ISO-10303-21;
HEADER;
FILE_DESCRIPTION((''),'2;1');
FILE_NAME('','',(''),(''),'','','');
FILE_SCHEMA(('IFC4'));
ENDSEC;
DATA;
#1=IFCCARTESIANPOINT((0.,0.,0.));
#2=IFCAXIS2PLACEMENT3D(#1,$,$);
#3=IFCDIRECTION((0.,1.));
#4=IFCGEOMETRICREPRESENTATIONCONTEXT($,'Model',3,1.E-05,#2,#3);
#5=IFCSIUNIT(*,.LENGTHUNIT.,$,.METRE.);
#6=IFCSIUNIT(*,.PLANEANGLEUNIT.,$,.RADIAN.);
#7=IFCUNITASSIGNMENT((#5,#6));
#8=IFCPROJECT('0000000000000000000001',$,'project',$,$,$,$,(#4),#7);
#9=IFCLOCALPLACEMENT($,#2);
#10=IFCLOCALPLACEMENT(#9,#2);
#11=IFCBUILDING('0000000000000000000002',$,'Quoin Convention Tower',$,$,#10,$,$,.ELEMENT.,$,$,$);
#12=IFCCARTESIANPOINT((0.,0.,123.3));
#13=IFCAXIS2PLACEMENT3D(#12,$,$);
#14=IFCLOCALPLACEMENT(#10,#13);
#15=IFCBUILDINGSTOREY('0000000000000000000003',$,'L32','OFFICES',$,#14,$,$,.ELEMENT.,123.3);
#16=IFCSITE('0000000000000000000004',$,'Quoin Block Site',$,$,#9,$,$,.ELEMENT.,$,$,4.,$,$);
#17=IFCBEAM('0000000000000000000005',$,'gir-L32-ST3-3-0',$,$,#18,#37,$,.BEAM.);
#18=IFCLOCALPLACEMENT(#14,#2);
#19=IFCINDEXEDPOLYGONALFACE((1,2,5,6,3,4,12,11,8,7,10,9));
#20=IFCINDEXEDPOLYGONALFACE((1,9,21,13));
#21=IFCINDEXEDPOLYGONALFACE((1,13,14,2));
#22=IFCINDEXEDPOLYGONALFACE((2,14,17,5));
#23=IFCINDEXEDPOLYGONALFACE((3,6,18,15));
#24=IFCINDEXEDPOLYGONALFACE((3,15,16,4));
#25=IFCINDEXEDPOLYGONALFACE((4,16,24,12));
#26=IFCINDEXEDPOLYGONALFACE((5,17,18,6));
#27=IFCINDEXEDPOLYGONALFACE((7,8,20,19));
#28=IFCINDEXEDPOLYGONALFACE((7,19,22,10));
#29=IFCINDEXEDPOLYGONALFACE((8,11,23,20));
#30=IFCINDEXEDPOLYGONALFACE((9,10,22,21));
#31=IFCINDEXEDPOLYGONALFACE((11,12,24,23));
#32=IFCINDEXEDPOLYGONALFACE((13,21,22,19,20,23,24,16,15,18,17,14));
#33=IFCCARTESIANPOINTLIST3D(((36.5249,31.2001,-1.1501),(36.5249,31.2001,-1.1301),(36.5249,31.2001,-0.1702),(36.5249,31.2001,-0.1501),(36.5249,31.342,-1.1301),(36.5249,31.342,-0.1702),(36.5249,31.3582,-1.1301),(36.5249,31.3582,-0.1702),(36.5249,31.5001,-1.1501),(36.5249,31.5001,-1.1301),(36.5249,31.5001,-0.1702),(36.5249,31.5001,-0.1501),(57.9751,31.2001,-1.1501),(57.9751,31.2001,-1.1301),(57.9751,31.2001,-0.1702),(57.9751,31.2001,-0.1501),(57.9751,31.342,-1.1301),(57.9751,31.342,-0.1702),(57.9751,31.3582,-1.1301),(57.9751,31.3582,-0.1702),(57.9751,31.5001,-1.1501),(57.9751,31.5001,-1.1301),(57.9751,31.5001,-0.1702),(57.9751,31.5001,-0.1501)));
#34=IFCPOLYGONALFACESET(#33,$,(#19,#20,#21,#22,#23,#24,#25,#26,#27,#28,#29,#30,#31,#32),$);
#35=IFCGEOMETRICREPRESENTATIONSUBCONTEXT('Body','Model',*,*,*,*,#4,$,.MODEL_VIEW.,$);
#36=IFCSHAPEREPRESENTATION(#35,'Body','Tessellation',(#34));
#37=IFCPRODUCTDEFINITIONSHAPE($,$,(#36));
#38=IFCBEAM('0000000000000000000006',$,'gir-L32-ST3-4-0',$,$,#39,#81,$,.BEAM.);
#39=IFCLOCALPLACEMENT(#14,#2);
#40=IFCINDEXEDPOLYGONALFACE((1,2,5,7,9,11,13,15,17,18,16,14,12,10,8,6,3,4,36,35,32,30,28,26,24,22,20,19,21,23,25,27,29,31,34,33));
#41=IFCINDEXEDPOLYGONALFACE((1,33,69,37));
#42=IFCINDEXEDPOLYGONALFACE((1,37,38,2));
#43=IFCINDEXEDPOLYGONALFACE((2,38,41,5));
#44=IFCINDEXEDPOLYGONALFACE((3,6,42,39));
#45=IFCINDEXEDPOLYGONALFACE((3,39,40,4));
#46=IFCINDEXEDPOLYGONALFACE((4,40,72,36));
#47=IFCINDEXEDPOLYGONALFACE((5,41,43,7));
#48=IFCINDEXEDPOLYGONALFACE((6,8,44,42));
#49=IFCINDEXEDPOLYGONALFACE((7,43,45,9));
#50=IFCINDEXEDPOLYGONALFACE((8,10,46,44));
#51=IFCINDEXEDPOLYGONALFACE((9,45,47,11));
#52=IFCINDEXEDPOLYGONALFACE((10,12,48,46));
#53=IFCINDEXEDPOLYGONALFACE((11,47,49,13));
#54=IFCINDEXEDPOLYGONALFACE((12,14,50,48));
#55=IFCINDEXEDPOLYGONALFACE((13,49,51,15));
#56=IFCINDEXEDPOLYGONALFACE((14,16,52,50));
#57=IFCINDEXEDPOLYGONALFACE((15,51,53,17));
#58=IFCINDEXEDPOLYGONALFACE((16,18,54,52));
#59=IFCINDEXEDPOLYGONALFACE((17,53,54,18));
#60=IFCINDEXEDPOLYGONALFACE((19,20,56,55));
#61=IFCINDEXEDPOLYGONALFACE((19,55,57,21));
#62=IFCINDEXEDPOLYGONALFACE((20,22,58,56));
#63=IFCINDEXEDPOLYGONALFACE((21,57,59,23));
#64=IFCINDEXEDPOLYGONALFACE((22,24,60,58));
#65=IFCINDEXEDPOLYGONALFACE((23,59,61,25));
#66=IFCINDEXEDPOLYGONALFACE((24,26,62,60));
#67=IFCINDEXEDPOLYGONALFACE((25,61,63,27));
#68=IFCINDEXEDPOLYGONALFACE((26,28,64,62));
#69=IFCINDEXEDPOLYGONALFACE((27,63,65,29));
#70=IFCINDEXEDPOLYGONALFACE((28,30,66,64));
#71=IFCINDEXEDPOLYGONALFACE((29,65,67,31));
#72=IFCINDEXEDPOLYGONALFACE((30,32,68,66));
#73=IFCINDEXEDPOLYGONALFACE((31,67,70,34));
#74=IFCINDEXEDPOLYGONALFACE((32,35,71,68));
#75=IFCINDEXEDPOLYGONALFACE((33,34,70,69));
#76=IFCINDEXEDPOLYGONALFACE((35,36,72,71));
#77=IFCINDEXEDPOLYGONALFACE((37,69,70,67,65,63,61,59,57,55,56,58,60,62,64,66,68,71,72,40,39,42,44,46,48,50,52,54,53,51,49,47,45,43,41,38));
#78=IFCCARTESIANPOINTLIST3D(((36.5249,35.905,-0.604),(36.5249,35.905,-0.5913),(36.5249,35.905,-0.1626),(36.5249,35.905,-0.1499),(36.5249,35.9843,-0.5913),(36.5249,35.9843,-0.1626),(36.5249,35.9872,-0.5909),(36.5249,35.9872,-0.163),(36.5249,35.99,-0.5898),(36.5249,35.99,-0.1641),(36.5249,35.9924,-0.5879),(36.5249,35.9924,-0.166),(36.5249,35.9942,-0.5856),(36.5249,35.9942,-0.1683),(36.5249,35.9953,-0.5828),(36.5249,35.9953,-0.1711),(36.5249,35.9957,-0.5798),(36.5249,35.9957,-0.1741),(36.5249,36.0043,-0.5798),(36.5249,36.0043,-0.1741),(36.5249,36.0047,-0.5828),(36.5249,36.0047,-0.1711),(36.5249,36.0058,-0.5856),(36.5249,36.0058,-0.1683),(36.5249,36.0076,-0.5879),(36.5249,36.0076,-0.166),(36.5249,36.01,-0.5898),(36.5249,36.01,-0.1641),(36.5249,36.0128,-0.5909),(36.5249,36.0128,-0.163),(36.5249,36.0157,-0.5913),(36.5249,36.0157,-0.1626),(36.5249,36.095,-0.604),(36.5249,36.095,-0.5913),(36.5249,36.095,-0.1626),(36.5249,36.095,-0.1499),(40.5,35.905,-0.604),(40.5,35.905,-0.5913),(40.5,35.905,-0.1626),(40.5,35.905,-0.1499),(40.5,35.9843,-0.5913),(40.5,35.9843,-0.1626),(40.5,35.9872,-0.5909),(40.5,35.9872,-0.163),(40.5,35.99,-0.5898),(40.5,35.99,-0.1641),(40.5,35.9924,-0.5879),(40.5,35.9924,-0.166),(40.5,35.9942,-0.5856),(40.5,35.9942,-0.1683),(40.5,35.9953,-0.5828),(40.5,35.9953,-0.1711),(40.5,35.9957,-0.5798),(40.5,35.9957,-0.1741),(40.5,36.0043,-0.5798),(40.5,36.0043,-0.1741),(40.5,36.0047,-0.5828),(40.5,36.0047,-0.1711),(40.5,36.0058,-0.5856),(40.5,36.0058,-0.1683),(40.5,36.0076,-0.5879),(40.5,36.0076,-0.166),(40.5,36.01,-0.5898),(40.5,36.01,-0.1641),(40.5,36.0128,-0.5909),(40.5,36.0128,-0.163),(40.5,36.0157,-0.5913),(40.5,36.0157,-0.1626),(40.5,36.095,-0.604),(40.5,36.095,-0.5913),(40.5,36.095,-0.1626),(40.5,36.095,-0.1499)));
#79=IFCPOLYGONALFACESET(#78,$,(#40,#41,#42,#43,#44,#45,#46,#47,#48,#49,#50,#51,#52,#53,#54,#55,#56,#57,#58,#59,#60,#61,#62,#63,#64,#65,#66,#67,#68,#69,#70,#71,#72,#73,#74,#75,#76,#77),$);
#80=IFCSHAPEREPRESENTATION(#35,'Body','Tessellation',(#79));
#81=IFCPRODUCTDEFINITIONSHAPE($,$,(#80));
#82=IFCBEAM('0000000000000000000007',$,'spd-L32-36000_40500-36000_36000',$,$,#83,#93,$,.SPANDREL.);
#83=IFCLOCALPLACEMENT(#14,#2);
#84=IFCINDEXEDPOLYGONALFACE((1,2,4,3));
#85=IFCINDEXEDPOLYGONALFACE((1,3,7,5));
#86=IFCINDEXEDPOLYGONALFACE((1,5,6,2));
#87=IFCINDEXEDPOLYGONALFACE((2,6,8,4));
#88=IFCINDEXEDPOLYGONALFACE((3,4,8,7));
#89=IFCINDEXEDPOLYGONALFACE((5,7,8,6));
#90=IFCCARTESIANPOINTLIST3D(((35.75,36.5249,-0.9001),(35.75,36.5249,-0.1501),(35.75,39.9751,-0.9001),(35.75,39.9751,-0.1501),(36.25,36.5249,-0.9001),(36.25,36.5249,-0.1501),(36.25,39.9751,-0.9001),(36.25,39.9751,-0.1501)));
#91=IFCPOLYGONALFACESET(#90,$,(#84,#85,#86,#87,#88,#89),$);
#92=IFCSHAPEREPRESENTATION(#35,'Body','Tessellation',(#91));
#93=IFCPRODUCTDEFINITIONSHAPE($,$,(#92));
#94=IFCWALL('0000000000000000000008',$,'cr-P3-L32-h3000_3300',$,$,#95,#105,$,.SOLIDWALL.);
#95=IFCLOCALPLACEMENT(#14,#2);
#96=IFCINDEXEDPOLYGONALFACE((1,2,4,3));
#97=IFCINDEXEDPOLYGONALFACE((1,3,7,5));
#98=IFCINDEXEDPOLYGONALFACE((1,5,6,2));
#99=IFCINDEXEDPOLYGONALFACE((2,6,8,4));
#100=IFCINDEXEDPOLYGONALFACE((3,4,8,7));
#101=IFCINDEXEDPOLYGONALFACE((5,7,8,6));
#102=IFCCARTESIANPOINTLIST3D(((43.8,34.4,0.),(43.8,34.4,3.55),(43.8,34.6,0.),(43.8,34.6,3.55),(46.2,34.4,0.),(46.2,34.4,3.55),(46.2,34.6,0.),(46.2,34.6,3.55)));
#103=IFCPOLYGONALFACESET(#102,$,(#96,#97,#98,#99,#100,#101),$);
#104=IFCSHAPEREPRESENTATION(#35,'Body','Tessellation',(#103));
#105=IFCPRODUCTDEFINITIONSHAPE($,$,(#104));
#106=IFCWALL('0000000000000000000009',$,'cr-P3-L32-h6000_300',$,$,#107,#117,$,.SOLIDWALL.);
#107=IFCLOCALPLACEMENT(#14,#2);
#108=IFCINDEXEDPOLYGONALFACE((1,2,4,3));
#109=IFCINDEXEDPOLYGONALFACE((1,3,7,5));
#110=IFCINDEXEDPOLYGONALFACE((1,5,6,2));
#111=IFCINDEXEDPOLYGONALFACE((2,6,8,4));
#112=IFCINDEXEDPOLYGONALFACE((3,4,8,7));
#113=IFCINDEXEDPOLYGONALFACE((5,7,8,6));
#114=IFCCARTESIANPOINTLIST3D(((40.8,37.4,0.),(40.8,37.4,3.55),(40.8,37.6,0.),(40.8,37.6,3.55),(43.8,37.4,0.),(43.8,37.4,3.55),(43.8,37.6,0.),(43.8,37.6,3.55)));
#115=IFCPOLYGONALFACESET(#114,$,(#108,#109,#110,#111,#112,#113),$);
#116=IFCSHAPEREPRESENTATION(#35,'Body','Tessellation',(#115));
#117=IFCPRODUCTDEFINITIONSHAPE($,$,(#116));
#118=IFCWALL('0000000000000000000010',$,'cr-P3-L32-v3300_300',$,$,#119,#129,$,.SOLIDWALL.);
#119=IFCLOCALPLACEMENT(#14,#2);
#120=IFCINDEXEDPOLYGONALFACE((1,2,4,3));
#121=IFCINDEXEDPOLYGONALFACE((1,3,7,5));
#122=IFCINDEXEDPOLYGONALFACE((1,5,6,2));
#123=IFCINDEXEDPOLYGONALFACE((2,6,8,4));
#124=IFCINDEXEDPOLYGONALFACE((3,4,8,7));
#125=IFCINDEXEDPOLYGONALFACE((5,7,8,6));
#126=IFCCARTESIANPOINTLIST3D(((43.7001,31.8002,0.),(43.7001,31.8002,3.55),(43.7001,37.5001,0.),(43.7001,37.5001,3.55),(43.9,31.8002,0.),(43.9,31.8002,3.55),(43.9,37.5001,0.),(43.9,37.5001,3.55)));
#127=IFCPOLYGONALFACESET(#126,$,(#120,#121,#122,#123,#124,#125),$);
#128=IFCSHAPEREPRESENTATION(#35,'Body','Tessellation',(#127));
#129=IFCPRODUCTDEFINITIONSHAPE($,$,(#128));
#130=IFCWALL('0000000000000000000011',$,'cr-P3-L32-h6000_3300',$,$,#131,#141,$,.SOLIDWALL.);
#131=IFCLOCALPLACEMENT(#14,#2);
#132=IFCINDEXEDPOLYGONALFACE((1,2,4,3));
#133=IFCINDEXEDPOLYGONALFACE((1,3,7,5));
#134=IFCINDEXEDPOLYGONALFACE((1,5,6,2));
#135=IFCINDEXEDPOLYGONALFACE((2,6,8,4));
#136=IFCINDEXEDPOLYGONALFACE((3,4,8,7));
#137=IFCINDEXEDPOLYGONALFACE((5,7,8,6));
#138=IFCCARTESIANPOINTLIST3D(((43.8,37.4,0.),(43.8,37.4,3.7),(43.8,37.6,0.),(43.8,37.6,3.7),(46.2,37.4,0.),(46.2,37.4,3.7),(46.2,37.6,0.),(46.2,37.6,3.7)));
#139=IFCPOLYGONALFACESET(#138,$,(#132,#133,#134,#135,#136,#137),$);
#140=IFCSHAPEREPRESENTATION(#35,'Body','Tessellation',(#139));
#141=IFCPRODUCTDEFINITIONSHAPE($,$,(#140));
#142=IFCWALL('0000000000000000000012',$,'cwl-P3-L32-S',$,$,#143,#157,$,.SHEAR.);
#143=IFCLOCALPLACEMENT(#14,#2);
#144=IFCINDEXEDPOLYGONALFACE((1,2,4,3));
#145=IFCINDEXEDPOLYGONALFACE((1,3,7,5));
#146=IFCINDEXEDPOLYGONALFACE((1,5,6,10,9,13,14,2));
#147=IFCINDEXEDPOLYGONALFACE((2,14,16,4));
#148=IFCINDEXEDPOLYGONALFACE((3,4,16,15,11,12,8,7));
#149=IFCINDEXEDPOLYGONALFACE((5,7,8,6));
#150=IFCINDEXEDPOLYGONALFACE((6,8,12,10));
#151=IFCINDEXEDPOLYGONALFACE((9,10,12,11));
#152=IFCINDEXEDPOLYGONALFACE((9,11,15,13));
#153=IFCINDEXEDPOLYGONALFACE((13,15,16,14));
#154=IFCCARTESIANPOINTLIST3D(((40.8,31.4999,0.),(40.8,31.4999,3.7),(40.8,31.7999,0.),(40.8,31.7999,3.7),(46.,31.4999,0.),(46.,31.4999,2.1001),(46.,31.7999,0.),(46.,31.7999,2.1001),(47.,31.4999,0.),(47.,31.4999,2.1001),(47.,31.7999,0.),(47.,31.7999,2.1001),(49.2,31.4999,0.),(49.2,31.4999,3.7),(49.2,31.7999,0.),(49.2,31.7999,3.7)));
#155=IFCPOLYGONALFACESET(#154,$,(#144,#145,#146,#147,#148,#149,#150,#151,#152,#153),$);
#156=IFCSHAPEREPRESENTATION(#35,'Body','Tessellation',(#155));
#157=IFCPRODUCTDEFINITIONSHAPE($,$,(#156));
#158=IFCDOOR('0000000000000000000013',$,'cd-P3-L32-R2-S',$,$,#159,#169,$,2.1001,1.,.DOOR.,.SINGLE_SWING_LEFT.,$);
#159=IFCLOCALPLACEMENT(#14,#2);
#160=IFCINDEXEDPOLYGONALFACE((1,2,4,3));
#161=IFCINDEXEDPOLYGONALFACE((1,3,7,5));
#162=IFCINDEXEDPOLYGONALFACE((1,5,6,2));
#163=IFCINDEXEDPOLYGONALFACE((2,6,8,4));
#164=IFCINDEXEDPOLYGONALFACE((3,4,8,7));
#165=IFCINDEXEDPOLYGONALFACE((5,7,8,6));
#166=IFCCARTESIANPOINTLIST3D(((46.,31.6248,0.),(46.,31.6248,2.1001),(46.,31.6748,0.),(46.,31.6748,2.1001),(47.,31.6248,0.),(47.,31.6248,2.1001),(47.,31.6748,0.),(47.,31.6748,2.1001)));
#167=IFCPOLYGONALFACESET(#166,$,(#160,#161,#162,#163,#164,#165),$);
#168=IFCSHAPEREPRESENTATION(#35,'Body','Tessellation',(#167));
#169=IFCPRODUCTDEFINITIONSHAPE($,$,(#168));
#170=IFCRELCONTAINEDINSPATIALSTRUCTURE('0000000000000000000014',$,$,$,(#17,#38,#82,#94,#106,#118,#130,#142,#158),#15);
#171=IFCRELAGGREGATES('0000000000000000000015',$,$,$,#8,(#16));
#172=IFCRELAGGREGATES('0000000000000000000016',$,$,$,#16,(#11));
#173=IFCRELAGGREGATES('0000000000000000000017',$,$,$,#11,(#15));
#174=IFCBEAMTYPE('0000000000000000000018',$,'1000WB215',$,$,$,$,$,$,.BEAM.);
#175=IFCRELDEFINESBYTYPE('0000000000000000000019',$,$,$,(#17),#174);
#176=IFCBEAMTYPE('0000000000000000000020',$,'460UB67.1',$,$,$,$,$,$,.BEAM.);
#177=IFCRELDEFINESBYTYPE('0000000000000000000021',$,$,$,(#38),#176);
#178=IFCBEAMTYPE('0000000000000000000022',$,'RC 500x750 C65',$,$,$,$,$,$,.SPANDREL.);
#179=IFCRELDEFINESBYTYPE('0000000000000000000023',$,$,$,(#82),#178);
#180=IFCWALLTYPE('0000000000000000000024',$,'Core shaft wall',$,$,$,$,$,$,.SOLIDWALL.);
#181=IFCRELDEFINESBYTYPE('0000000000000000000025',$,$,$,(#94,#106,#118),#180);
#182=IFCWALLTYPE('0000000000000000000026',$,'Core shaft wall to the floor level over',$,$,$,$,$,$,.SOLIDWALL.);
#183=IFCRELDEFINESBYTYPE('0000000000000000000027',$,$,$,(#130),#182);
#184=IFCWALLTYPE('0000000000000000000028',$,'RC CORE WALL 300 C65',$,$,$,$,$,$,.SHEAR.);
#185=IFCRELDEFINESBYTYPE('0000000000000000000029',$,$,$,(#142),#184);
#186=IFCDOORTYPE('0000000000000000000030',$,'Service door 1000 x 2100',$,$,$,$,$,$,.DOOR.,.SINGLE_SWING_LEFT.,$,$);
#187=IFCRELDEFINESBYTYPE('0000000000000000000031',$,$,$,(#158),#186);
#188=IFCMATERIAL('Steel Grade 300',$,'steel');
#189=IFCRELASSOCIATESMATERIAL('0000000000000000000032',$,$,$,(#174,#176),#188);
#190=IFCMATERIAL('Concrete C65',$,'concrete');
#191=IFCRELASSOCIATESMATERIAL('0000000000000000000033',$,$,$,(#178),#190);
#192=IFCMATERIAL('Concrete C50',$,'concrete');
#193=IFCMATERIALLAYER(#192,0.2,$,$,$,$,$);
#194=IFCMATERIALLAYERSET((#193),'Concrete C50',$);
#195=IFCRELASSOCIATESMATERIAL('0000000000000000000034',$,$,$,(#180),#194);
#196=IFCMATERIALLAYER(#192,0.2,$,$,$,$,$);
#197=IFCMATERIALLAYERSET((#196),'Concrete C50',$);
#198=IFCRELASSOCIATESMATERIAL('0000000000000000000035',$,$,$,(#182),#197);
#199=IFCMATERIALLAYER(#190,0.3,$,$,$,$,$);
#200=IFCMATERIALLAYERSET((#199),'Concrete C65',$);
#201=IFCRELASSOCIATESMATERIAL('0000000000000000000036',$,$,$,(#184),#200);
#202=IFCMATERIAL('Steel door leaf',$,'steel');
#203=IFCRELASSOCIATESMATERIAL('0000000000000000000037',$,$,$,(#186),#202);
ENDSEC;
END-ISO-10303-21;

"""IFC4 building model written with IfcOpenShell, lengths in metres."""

from ifc_helpers import new_model, si_unit, direction, frame, frame_2d, origin, origin_2d, place, context, subcontext, project, spatial, rectangle, i_section, extrude, material, layer, layer_set, material_profile, profile_set, type_object, element, fill, save


model = new_model("IFC4")

# Units and contexts
model_context = context("Model", 3, precision=1e-05, world=origin(), true_north=direction((0.0, 1.0)))
body_context = subcontext(model_context, "Body", "Model", "MODEL_VIEW")
ifc_project = project(units=[si_unit("LENGTHUNIT", "METRE"), si_unit("PLANEANGLEUNIT", "RADIAN")], contexts=[model_context])

# Site, building, storey
site_placement = place(None, origin())
site = spatial("IfcSite", under=ifc_project, at=site_placement, Name="Quoin Block Site", CompositionType="ELEMENT", RefElevation=4.0)
building_placement = place(site_placement, origin())
building = spatial("IfcBuilding", under=site, at=building_placement, Name="Quoin Convention Tower", CompositionType="ELEMENT")
storey_placement = place(building_placement, frame((0.0, 0.0, 123.3)))
storey = spatial("IfcBuildingStorey", under=building, at=storey_placement, Name="L32", Description="OFFICES", CompositionType="ELEMENT", Elevation=123.3)

# Beams
ifc_material_1 = material(Name="Steel Grade 300", Category="steel")
ifc_material_profile_1 = material_profile(ifc_material_1, i_section(OverallWidth=0.3, OverallDepth=1.0, WebThickness=0.0161, FlangeThickness=0.02, at=origin_2d()), Name="1000WB215")
ifc_profile_set_1 = profile_set([ifc_material_profile_1], Name="Steel Grade 300")
beam_type_1 = type_object("IfcBeamType", Name="1000WB215", PredefinedType="BEAM", material=ifc_profile_set_1)
beam_1_placement = place(storey_placement, frame((36.5249, 31.3501, -0.6501), z_axis=(1.0, 0.0, 0.0), x_axis=(0.0, 1.0, 0.0)))
element("IfcBeam", 1, at=beam_1_placement, inside=storey, type_object=beam_type_1, Name="gir-L32-ST3-3-0", PredefinedType="BEAM", context=body_context, shape_type="SweptSolid", body=[
    extrude(i_section(OverallWidth=0.3, OverallDepth=1.0, WebThickness=0.0161, FlangeThickness=0.02, at=origin_2d()), origin(), (0.0, 0.0, 1.0), 21.4502),
])
ifc_material_profile_2 = material_profile(ifc_material_1, i_section(OverallWidth=0.1899, OverallDepth=0.4541, WebThickness=0.0085, FlangeThickness=0.0127, FilletRadius=0.0115, at=origin_2d()), Name="460UB67.1")
ifc_profile_set_2 = profile_set([ifc_material_profile_2], Name="Steel Grade 300")
beam_type_2 = type_object("IfcBeamType", Name="460UB67.1", PredefinedType="BEAM", material=ifc_profile_set_2)
beam_2_placement = place(storey_placement, frame((36.5249, 36.0, -0.377), z_axis=(1.0, 0.0, 0.0), x_axis=(0.0, 1.0, 0.0)))
element("IfcBeam", 2, at=beam_2_placement, inside=storey, type_object=beam_type_2, Name="gir-L32-ST3-4-0", PredefinedType="BEAM", context=body_context, shape_type="SweptSolid", body=[
    extrude(i_section(OverallWidth=0.1899, OverallDepth=0.4541, WebThickness=0.0085, FlangeThickness=0.0127, FilletRadius=0.0115, at=origin_2d()), origin(), (0.0, 0.0, 1.0), 3.9751),
])
ifc_material_2 = material(Name="Concrete C65", Category="concrete")
ifc_material_profile_3 = material_profile(ifc_material_2, rectangle(XDim=0.5, YDim=0.75, at=origin_2d()), Name="RC 500x750")
ifc_profile_set_3 = profile_set([ifc_material_profile_3], Name="Concrete C65")
beam_type_3 = type_object("IfcBeamType", Name="RC 500x750 C65", PredefinedType="SPANDREL", material=ifc_profile_set_3)
beam_3_placement = place(storey_placement, frame((36.0, 39.9751, -0.5251), z_axis=(0.0, -1.0, 0.0), x_axis=(1.0, 0.0, 0.0)))
element("IfcBeam", 3, at=beam_3_placement, inside=storey, type_object=beam_type_3, Name="spd-L32-36000_40500-36000_36000", PredefinedType="SPANDREL", context=body_context, shape_type="SweptSolid", body=[
    extrude(rectangle(XDim=0.5, YDim=0.75, at=origin_2d()), origin(), (0.0, 0.0, 1.0), 3.4502),
])

# Walls
ifc_material_3 = material(Name="Concrete C50", Category="concrete")
ifc_layer_1 = layer(ifc_material_3, 0.2)
ifc_layer_set_1 = layer_set([ifc_layer_1], Name="Concrete C50")
wall_type_1 = type_object("IfcWallType", Name="Core shaft wall", PredefinedType="SOLIDWALL", material=ifc_layer_set_1)
wall_1_placement = place(storey_placement, frame((43.8, 34.5, 0.0), z_axis=(0.0, 0.0, 1.0), x_axis=(1.0, 0.0, 0.0)))
element("IfcWall", 4, at=wall_1_placement, inside=storey, type_object=wall_type_1, Name="cr-P3-L32-h3000_3300", PredefinedType="SOLIDWALL", context=body_context, shape_type="SweptSolid", body=[
    extrude(rectangle(XDim=2.3999, YDim=0.2, at=frame_2d((1.2, 0.0))), origin(), (0.0, 0.0, 1.0), 3.55),
])
wall_2_placement = place(storey_placement, frame((40.8, 37.5, 0.0), z_axis=(0.0, 0.0, 1.0), x_axis=(1.0, 0.0, 0.0)))
element("IfcWall", 5, at=wall_2_placement, inside=storey, type_object=wall_type_1, Name="cr-P3-L32-h6000_300", PredefinedType="SOLIDWALL", context=body_context, shape_type="SweptSolid", body=[
    extrude(rectangle(XDim=3.0, YDim=0.2, at=frame_2d((1.5, 0.0))), origin(), (0.0, 0.0, 1.0), 3.55),
])
wall_3_placement = place(storey_placement, frame((43.8, 31.8, 0.0), z_axis=(0.0, 0.0, 1.0), x_axis=(0.0, 1.0, 0.0)))
element("IfcWall", 6, at=wall_3_placement, inside=storey, type_object=wall_type_1, Name="cr-P3-L32-v3300_300", PredefinedType="SOLIDWALL", context=body_context, shape_type="SweptSolid", body=[
    extrude(rectangle(XDim=5.7, YDim=0.2, at=frame_2d((2.8501, 0.0))), origin(), (0.0, 0.0, 1.0), 3.55),
])
ifc_layer_2 = layer(ifc_material_3, 0.2)
ifc_layer_set_2 = layer_set([ifc_layer_2], Name="Concrete C50")
wall_type_2 = type_object("IfcWallType", Name="Core shaft wall to the floor level over", PredefinedType="SOLIDWALL", material=ifc_layer_set_2)
wall_4_placement = place(storey_placement, frame((43.8, 37.5, 0.0), z_axis=(0.0, 0.0, 1.0), x_axis=(1.0, 0.0, 0.0)))
element("IfcWall", 7, at=wall_4_placement, inside=storey, type_object=wall_type_2, Name="cr-P3-L32-h6000_3300", PredefinedType="SOLIDWALL", context=body_context, shape_type="SweptSolid", body=[
    extrude(rectangle(XDim=2.3999, YDim=0.2, at=frame_2d((1.2, 0.0))), origin(), (0.0, 0.0, 1.0), 3.7),
])

# Wall, opening, door
ifc_layer_3 = layer(ifc_material_2, 0.3)
ifc_layer_set_3 = layer_set([ifc_layer_3], Name="Concrete C65")
wall_type_3 = type_object("IfcWallType", Name="RC CORE WALL 300 C65", PredefinedType="SHEAR", material=ifc_layer_set_3)
wall_5_placement = place(storey_placement, frame((40.8, 31.6499, 0.0), z_axis=(0.0, 0.0, 1.0), x_axis=(1.0, 0.0, 0.0)))
wall_5 = element("IfcWall", 8, at=wall_5_placement, inside=storey, type_object=wall_type_3, Name="cwl-P3-L32-S", PredefinedType="SHEAR", context=body_context, shape_type="SweptSolid", body=[
    extrude(rectangle(XDim=8.3999, YDim=0.3, at=frame_2d((4.2, 0.0))), origin(), (0.0, 0.0, 1.0), 3.7),
])
opening_1_placement = place(wall_5_placement, frame((5.2, 0.0, 0.0)))
opening_1 = element("IfcOpeningElement", 9, at=opening_1_placement, cuts=wall_5, PredefinedType="OPENING", context=body_context, shape_type="SweptSolid", body=[
    extrude(rectangle(XDim=1.0, YDim=2.1001, at=frame_2d((0.5, 1.05))), frame((0.0, 0.1599, 0.0), z_axis=(0.0, -1.0, 0.0), x_axis=(1.0, 0.0, 0.0)), (0.0, 0.0, 1.0), 0.3201),
])
ifc_material_4 = material(Name="Steel door leaf", Category="steel")
door_type_1 = type_object("IfcDoorType", Name="Service door 1000 x 2100", OperationType="SINGLE_SWING_LEFT", PredefinedType="DOOR", material=ifc_material_4)
door_1_placement = place(opening_1_placement, origin())
door_1 = element("IfcDoor", 10, at=door_1_placement, inside=storey, type_object=door_type_1, Name="cd-P3-L32-R2-S", OperationType="SINGLE_SWING_LEFT", OverallHeight=2.1001, OverallWidth=1.0, PredefinedType="DOOR", context=body_context, shape_type="SweptSolid", body=[
    extrude(rectangle(XDim=1.0, YDim=2.1001, at=frame_2d((0.5, 1.05))), frame((0.0, 0.0249, 0.0), z_axis=(0.0, -1.0, 0.0), x_axis=(1.0, 0.0, 0.0)), (0.0, 0.0, 1.0), 0.05),
])
fill(opening_1, door_1)

save(model, "model.ifc")
